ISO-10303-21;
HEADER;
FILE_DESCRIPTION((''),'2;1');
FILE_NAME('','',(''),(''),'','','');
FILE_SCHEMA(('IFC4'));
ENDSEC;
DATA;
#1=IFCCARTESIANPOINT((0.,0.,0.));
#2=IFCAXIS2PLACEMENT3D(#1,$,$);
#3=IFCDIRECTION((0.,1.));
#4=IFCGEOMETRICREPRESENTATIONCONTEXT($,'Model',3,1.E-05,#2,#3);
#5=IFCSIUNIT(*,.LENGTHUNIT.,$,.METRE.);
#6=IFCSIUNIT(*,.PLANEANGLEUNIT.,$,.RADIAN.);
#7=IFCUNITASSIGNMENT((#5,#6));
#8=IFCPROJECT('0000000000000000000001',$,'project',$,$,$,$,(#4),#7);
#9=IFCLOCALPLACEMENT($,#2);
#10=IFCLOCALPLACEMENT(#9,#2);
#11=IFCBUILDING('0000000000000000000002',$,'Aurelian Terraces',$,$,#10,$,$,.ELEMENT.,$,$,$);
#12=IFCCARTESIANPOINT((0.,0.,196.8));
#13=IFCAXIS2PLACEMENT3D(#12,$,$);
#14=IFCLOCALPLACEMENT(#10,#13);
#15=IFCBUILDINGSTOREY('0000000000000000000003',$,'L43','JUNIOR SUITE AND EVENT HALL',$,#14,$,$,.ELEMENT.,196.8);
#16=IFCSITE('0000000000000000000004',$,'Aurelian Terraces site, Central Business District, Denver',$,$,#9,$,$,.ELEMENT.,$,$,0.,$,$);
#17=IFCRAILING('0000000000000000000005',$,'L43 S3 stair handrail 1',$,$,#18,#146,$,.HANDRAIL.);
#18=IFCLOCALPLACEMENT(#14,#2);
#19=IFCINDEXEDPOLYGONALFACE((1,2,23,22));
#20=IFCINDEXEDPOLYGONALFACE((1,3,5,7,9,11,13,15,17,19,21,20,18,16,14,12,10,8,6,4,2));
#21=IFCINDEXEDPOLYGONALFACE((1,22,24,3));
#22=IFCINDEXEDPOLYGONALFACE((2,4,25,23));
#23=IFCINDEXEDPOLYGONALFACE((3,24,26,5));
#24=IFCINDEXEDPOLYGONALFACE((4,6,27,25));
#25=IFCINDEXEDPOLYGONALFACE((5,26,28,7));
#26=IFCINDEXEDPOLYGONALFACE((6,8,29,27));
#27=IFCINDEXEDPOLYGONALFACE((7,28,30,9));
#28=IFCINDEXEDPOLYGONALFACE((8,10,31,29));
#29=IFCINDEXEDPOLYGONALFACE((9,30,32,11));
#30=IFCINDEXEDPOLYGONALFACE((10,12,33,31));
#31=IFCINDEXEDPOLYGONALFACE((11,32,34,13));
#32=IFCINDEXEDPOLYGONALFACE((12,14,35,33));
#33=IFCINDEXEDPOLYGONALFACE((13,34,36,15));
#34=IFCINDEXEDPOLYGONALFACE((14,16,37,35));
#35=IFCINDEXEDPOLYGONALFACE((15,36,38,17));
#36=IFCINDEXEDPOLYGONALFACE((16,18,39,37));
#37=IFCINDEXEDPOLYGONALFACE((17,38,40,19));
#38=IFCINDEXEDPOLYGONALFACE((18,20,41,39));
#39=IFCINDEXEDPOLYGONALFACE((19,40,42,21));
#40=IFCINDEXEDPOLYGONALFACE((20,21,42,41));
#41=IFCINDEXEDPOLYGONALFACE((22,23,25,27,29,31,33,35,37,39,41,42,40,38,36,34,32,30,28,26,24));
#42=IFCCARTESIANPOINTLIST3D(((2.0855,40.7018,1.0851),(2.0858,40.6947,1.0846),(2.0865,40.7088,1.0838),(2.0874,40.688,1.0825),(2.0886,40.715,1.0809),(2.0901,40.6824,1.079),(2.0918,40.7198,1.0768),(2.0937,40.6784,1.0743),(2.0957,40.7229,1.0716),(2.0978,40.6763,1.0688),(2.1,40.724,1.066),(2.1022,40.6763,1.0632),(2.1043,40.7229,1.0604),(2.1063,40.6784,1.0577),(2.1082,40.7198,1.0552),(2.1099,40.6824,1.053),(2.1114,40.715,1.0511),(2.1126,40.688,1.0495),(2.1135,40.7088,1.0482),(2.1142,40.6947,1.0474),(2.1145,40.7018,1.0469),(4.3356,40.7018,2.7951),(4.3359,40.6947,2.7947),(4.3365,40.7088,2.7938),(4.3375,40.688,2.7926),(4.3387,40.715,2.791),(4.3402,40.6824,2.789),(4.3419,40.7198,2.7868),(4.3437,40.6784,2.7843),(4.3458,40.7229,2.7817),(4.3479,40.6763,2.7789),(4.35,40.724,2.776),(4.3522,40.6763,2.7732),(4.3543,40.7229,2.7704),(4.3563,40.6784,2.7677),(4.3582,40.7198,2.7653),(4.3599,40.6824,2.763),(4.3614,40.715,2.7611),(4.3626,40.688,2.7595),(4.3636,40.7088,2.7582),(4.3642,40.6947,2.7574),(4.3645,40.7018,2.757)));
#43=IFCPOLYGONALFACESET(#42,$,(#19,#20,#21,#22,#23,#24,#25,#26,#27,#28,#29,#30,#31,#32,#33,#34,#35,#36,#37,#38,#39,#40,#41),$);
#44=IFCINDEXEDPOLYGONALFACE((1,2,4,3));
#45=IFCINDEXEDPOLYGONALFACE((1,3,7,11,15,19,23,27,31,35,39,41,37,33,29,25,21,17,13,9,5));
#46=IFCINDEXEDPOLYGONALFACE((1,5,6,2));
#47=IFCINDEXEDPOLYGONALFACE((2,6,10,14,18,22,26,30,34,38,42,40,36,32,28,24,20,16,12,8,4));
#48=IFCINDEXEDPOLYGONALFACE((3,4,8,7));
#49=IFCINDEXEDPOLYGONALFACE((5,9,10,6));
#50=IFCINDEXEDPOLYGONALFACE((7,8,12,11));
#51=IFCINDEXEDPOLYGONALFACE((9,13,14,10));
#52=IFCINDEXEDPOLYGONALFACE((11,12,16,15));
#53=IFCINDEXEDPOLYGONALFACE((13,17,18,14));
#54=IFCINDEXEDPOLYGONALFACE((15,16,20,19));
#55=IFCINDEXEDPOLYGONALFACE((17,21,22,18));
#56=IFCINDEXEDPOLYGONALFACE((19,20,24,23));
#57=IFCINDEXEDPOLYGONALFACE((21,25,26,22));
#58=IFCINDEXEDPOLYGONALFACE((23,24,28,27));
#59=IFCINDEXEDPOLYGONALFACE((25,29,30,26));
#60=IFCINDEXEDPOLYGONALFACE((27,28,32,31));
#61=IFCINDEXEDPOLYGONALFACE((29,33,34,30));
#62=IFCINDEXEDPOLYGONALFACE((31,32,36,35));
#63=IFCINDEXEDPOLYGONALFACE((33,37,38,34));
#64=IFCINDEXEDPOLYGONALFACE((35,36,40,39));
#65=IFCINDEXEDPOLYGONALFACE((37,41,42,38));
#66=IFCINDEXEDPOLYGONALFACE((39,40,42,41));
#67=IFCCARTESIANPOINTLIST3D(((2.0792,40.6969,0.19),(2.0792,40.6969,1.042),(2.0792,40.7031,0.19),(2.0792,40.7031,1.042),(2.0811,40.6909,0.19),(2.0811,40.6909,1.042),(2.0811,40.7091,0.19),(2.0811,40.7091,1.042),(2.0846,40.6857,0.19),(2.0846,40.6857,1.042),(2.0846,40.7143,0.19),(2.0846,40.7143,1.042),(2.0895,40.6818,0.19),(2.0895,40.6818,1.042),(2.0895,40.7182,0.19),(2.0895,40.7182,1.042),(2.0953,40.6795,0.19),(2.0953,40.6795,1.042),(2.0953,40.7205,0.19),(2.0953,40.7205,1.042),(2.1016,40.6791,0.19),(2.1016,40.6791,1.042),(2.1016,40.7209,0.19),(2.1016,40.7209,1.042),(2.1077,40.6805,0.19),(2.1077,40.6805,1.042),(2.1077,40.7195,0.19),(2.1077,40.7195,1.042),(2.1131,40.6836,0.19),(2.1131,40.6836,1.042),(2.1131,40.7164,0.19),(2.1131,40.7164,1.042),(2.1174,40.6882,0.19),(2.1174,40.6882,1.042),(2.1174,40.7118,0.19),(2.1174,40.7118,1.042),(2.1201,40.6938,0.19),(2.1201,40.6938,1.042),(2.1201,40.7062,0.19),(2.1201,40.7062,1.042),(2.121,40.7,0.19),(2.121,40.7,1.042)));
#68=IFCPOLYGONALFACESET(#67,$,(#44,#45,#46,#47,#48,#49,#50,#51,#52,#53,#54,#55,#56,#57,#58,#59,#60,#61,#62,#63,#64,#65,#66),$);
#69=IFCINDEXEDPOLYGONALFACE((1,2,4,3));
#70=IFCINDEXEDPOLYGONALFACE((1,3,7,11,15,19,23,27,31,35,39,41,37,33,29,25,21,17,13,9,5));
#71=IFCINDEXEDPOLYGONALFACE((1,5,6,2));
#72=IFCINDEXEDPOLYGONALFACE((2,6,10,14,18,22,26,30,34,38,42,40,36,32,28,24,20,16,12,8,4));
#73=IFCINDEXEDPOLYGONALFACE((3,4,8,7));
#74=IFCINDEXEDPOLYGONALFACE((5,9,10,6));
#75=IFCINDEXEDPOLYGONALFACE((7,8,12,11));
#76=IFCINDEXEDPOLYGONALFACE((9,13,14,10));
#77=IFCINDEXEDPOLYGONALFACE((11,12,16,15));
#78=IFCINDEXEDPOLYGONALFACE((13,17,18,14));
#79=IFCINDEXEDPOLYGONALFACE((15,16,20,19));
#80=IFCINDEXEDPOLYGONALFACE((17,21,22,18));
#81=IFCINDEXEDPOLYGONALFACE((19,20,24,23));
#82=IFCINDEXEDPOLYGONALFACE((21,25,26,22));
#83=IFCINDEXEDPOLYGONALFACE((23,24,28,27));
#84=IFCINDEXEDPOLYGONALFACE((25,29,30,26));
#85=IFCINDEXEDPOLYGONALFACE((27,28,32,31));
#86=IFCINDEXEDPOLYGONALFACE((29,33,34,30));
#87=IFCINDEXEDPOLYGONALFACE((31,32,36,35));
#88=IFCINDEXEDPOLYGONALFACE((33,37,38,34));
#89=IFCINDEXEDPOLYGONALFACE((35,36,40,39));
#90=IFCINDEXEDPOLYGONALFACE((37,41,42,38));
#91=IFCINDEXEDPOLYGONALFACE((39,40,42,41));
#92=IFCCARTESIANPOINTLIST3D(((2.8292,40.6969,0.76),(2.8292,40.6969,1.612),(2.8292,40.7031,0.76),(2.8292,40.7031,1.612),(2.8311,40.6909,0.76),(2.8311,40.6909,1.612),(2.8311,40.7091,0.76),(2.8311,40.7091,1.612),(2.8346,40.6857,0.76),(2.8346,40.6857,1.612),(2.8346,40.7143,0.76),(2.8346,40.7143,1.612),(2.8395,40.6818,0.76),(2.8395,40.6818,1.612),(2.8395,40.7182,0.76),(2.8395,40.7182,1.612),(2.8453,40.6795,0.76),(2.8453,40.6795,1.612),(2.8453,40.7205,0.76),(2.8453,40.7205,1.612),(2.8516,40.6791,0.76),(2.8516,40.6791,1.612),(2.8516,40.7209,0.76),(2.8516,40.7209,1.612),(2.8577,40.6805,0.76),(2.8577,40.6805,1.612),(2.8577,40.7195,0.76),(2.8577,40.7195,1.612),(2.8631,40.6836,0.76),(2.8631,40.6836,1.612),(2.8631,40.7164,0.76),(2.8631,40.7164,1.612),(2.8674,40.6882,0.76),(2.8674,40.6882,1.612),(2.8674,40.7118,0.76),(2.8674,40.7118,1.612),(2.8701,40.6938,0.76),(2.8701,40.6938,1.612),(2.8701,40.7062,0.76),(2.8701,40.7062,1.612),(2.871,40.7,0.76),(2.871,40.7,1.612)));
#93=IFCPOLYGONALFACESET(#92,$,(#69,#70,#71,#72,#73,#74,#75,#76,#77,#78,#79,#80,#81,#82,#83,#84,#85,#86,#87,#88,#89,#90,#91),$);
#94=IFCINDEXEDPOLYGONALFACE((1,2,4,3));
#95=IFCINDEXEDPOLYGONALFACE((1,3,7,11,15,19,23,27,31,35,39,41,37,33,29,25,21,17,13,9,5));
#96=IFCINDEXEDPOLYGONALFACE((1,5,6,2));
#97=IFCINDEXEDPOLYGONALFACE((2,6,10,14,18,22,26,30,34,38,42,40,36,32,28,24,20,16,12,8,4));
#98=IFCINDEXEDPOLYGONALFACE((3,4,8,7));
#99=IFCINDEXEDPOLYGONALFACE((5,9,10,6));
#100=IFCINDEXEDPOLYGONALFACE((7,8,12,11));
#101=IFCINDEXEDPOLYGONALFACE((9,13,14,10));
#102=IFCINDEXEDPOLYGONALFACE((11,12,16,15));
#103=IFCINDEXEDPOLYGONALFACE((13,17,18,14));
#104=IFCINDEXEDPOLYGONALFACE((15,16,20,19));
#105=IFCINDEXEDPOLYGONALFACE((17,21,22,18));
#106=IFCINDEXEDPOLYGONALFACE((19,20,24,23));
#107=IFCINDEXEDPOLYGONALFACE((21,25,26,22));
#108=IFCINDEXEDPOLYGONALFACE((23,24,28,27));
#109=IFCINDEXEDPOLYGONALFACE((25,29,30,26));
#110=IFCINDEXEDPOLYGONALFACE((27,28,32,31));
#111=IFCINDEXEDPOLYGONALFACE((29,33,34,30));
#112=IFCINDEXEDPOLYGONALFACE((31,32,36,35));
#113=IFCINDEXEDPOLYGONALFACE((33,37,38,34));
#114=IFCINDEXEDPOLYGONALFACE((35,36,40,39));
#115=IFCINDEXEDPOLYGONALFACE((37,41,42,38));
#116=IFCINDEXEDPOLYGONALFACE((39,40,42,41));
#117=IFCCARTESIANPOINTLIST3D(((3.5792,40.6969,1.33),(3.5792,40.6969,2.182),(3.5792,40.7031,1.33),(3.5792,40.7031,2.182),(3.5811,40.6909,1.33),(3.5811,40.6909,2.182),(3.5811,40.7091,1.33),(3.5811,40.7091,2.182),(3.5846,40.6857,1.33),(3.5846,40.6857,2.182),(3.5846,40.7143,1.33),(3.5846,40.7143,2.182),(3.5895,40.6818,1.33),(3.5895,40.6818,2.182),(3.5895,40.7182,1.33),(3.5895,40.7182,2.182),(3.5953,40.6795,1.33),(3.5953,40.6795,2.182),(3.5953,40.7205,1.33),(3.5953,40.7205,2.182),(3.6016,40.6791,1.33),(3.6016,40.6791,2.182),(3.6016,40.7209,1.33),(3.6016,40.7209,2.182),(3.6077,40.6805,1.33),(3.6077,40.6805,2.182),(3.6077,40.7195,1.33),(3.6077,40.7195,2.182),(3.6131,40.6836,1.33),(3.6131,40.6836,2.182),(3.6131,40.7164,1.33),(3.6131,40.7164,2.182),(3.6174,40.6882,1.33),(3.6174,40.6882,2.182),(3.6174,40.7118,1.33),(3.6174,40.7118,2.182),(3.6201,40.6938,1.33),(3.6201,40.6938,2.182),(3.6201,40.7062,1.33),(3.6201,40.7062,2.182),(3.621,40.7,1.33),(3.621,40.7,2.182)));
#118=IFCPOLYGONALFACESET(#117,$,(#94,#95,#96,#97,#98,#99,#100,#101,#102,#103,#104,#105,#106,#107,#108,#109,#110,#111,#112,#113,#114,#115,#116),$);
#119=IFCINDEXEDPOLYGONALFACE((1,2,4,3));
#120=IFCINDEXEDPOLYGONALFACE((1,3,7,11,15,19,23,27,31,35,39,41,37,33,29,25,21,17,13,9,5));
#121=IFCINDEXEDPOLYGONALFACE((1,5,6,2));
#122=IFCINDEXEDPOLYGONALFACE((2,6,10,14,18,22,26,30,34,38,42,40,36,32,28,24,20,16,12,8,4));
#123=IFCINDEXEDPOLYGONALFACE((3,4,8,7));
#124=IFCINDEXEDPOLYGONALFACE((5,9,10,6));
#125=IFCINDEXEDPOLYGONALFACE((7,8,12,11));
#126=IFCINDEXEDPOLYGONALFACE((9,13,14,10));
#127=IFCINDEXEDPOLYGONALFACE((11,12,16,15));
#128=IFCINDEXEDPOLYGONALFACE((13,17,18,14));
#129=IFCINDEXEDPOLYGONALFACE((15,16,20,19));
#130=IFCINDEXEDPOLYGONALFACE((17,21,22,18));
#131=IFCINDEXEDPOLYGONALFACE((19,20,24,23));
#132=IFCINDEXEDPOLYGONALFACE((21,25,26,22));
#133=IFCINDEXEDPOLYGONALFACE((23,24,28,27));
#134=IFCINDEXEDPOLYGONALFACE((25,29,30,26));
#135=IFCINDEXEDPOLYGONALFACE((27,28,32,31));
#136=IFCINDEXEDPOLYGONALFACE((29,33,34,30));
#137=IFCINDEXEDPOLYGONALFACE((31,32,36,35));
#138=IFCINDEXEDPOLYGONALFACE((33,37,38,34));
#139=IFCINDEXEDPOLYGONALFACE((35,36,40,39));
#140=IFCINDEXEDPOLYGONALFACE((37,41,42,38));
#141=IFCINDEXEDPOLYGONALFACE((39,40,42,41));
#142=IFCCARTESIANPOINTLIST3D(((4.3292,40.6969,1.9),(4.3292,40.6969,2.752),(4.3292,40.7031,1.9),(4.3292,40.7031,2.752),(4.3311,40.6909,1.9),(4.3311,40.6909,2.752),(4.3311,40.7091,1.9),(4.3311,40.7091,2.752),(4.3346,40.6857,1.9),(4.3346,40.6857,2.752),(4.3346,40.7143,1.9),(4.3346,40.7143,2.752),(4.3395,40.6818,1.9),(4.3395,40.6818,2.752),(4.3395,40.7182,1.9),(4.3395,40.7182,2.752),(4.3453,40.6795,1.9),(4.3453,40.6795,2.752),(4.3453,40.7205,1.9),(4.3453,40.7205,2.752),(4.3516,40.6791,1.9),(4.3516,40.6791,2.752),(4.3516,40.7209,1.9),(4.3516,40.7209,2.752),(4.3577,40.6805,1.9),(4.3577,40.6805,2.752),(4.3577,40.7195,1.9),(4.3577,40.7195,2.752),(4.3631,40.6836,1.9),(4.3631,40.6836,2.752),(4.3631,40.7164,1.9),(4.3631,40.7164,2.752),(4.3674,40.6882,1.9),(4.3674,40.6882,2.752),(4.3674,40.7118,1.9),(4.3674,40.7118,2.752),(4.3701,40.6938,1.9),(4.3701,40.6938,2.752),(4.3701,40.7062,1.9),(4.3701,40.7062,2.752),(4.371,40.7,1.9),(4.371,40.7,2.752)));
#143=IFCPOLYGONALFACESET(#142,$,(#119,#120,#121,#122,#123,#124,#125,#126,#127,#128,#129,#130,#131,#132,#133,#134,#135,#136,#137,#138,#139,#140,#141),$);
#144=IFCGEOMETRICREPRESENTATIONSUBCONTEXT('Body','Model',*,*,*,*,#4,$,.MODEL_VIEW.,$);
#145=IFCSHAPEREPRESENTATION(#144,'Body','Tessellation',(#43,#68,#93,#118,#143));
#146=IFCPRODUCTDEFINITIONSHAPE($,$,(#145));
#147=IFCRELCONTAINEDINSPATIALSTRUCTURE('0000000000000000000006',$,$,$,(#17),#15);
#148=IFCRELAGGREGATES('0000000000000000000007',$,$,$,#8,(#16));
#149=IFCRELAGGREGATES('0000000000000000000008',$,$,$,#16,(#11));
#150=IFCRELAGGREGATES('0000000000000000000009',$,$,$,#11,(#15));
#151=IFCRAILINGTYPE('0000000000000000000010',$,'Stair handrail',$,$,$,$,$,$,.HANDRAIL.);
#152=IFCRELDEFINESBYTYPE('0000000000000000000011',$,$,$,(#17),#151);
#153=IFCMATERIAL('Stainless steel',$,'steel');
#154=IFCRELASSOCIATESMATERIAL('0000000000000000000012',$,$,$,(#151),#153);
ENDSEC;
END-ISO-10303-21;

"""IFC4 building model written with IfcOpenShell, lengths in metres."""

from ifc_helpers import new_model, si_unit, direction, frame, origin, origin_2d, place, context, subcontext, project, spatial, circle, extrude, source, transform, mapped, material, type_object, element, save


model = new_model("IFC4")

# Units and contexts
model_context = context("Model", 3, precision=1e-05, world=origin(), true_north=direction((0.0, 1.0)))
body_context = subcontext(model_context, "Body", "Model", "MODEL_VIEW")
ifc_project = project(units=[si_unit("LENGTHUNIT", "METRE"), si_unit("PLANEANGLEUNIT", "RADIAN")], contexts=[model_context])

# Site, building, storey
site_placement = place(None, origin())
site = spatial("IfcSite", under=ifc_project, at=site_placement, Name="Aurelian Terraces site, Central Business District, Denver", CompositionType="ELEMENT", RefElevation=0.0)
building_placement = place(site_placement, origin())
building = spatial("IfcBuilding", under=site, at=building_placement, Name="Aurelian Terraces", CompositionType="ELEMENT")
storey_placement = place(building_placement, frame((0.0, 0.0, 196.8)))
storey = spatial("IfcBuildingStorey", under=building, at=storey_placement, Name="L43", Description="JUNIOR SUITE AND EVENT HALL", CompositionType="ELEMENT", Elevation=196.8)

# Railing
ifc_material_1 = material(Name="Stainless steel", Category="steel")
railing_type_1 = type_object("IfcRailingType", Name="Stair handrail", PredefinedType="HANDRAIL", material=ifc_material_1)
shared_shape_1 = source(origin(), body_context, "Body", "SweptSolid", [
    extrude(circle(Radius=0.024, at=origin_2d()), frame((0.0, 0.0, 0.876), z_axis=(0.796162, 0.0, 0.605083), x_axis=(0.0, 1.0, 0.0)), (0.0, 0.0, 1.0), 2.8261),
    extrude(circle(Radius=0.021, at=origin_2d()), origin(), (0.0, 0.0, 1.0), 0.852),
    extrude(circle(Radius=0.021, at=origin_2d()), frame((0.75, 0.0, 0.57)), (0.0, 0.0, 1.0), 0.852),
    extrude(circle(Radius=0.021, at=origin_2d()), frame((1.5, 0.0, 1.14)), (0.0, 0.0, 1.0), 0.852),
    extrude(circle(Radius=0.021, at=origin_2d()), frame((2.25, 0.0, 1.71)), (0.0, 0.0, 1.0), 0.852),
])
railing_1_placement = place(storey_placement, frame((2.1, 40.7, 0.19)))
element("IfcRailing", 1, at=railing_1_placement, inside=storey, type_object=railing_type_1, Name="L43 S3 stair handrail 1", PredefinedType="HANDRAIL", context=body_context, shape_type="MappedRepresentation", body=[
    mapped(shared_shape_1, transform((0.0, 0.0, 0.0), scale=1.0)),
])

save(model, "model.ifc")
